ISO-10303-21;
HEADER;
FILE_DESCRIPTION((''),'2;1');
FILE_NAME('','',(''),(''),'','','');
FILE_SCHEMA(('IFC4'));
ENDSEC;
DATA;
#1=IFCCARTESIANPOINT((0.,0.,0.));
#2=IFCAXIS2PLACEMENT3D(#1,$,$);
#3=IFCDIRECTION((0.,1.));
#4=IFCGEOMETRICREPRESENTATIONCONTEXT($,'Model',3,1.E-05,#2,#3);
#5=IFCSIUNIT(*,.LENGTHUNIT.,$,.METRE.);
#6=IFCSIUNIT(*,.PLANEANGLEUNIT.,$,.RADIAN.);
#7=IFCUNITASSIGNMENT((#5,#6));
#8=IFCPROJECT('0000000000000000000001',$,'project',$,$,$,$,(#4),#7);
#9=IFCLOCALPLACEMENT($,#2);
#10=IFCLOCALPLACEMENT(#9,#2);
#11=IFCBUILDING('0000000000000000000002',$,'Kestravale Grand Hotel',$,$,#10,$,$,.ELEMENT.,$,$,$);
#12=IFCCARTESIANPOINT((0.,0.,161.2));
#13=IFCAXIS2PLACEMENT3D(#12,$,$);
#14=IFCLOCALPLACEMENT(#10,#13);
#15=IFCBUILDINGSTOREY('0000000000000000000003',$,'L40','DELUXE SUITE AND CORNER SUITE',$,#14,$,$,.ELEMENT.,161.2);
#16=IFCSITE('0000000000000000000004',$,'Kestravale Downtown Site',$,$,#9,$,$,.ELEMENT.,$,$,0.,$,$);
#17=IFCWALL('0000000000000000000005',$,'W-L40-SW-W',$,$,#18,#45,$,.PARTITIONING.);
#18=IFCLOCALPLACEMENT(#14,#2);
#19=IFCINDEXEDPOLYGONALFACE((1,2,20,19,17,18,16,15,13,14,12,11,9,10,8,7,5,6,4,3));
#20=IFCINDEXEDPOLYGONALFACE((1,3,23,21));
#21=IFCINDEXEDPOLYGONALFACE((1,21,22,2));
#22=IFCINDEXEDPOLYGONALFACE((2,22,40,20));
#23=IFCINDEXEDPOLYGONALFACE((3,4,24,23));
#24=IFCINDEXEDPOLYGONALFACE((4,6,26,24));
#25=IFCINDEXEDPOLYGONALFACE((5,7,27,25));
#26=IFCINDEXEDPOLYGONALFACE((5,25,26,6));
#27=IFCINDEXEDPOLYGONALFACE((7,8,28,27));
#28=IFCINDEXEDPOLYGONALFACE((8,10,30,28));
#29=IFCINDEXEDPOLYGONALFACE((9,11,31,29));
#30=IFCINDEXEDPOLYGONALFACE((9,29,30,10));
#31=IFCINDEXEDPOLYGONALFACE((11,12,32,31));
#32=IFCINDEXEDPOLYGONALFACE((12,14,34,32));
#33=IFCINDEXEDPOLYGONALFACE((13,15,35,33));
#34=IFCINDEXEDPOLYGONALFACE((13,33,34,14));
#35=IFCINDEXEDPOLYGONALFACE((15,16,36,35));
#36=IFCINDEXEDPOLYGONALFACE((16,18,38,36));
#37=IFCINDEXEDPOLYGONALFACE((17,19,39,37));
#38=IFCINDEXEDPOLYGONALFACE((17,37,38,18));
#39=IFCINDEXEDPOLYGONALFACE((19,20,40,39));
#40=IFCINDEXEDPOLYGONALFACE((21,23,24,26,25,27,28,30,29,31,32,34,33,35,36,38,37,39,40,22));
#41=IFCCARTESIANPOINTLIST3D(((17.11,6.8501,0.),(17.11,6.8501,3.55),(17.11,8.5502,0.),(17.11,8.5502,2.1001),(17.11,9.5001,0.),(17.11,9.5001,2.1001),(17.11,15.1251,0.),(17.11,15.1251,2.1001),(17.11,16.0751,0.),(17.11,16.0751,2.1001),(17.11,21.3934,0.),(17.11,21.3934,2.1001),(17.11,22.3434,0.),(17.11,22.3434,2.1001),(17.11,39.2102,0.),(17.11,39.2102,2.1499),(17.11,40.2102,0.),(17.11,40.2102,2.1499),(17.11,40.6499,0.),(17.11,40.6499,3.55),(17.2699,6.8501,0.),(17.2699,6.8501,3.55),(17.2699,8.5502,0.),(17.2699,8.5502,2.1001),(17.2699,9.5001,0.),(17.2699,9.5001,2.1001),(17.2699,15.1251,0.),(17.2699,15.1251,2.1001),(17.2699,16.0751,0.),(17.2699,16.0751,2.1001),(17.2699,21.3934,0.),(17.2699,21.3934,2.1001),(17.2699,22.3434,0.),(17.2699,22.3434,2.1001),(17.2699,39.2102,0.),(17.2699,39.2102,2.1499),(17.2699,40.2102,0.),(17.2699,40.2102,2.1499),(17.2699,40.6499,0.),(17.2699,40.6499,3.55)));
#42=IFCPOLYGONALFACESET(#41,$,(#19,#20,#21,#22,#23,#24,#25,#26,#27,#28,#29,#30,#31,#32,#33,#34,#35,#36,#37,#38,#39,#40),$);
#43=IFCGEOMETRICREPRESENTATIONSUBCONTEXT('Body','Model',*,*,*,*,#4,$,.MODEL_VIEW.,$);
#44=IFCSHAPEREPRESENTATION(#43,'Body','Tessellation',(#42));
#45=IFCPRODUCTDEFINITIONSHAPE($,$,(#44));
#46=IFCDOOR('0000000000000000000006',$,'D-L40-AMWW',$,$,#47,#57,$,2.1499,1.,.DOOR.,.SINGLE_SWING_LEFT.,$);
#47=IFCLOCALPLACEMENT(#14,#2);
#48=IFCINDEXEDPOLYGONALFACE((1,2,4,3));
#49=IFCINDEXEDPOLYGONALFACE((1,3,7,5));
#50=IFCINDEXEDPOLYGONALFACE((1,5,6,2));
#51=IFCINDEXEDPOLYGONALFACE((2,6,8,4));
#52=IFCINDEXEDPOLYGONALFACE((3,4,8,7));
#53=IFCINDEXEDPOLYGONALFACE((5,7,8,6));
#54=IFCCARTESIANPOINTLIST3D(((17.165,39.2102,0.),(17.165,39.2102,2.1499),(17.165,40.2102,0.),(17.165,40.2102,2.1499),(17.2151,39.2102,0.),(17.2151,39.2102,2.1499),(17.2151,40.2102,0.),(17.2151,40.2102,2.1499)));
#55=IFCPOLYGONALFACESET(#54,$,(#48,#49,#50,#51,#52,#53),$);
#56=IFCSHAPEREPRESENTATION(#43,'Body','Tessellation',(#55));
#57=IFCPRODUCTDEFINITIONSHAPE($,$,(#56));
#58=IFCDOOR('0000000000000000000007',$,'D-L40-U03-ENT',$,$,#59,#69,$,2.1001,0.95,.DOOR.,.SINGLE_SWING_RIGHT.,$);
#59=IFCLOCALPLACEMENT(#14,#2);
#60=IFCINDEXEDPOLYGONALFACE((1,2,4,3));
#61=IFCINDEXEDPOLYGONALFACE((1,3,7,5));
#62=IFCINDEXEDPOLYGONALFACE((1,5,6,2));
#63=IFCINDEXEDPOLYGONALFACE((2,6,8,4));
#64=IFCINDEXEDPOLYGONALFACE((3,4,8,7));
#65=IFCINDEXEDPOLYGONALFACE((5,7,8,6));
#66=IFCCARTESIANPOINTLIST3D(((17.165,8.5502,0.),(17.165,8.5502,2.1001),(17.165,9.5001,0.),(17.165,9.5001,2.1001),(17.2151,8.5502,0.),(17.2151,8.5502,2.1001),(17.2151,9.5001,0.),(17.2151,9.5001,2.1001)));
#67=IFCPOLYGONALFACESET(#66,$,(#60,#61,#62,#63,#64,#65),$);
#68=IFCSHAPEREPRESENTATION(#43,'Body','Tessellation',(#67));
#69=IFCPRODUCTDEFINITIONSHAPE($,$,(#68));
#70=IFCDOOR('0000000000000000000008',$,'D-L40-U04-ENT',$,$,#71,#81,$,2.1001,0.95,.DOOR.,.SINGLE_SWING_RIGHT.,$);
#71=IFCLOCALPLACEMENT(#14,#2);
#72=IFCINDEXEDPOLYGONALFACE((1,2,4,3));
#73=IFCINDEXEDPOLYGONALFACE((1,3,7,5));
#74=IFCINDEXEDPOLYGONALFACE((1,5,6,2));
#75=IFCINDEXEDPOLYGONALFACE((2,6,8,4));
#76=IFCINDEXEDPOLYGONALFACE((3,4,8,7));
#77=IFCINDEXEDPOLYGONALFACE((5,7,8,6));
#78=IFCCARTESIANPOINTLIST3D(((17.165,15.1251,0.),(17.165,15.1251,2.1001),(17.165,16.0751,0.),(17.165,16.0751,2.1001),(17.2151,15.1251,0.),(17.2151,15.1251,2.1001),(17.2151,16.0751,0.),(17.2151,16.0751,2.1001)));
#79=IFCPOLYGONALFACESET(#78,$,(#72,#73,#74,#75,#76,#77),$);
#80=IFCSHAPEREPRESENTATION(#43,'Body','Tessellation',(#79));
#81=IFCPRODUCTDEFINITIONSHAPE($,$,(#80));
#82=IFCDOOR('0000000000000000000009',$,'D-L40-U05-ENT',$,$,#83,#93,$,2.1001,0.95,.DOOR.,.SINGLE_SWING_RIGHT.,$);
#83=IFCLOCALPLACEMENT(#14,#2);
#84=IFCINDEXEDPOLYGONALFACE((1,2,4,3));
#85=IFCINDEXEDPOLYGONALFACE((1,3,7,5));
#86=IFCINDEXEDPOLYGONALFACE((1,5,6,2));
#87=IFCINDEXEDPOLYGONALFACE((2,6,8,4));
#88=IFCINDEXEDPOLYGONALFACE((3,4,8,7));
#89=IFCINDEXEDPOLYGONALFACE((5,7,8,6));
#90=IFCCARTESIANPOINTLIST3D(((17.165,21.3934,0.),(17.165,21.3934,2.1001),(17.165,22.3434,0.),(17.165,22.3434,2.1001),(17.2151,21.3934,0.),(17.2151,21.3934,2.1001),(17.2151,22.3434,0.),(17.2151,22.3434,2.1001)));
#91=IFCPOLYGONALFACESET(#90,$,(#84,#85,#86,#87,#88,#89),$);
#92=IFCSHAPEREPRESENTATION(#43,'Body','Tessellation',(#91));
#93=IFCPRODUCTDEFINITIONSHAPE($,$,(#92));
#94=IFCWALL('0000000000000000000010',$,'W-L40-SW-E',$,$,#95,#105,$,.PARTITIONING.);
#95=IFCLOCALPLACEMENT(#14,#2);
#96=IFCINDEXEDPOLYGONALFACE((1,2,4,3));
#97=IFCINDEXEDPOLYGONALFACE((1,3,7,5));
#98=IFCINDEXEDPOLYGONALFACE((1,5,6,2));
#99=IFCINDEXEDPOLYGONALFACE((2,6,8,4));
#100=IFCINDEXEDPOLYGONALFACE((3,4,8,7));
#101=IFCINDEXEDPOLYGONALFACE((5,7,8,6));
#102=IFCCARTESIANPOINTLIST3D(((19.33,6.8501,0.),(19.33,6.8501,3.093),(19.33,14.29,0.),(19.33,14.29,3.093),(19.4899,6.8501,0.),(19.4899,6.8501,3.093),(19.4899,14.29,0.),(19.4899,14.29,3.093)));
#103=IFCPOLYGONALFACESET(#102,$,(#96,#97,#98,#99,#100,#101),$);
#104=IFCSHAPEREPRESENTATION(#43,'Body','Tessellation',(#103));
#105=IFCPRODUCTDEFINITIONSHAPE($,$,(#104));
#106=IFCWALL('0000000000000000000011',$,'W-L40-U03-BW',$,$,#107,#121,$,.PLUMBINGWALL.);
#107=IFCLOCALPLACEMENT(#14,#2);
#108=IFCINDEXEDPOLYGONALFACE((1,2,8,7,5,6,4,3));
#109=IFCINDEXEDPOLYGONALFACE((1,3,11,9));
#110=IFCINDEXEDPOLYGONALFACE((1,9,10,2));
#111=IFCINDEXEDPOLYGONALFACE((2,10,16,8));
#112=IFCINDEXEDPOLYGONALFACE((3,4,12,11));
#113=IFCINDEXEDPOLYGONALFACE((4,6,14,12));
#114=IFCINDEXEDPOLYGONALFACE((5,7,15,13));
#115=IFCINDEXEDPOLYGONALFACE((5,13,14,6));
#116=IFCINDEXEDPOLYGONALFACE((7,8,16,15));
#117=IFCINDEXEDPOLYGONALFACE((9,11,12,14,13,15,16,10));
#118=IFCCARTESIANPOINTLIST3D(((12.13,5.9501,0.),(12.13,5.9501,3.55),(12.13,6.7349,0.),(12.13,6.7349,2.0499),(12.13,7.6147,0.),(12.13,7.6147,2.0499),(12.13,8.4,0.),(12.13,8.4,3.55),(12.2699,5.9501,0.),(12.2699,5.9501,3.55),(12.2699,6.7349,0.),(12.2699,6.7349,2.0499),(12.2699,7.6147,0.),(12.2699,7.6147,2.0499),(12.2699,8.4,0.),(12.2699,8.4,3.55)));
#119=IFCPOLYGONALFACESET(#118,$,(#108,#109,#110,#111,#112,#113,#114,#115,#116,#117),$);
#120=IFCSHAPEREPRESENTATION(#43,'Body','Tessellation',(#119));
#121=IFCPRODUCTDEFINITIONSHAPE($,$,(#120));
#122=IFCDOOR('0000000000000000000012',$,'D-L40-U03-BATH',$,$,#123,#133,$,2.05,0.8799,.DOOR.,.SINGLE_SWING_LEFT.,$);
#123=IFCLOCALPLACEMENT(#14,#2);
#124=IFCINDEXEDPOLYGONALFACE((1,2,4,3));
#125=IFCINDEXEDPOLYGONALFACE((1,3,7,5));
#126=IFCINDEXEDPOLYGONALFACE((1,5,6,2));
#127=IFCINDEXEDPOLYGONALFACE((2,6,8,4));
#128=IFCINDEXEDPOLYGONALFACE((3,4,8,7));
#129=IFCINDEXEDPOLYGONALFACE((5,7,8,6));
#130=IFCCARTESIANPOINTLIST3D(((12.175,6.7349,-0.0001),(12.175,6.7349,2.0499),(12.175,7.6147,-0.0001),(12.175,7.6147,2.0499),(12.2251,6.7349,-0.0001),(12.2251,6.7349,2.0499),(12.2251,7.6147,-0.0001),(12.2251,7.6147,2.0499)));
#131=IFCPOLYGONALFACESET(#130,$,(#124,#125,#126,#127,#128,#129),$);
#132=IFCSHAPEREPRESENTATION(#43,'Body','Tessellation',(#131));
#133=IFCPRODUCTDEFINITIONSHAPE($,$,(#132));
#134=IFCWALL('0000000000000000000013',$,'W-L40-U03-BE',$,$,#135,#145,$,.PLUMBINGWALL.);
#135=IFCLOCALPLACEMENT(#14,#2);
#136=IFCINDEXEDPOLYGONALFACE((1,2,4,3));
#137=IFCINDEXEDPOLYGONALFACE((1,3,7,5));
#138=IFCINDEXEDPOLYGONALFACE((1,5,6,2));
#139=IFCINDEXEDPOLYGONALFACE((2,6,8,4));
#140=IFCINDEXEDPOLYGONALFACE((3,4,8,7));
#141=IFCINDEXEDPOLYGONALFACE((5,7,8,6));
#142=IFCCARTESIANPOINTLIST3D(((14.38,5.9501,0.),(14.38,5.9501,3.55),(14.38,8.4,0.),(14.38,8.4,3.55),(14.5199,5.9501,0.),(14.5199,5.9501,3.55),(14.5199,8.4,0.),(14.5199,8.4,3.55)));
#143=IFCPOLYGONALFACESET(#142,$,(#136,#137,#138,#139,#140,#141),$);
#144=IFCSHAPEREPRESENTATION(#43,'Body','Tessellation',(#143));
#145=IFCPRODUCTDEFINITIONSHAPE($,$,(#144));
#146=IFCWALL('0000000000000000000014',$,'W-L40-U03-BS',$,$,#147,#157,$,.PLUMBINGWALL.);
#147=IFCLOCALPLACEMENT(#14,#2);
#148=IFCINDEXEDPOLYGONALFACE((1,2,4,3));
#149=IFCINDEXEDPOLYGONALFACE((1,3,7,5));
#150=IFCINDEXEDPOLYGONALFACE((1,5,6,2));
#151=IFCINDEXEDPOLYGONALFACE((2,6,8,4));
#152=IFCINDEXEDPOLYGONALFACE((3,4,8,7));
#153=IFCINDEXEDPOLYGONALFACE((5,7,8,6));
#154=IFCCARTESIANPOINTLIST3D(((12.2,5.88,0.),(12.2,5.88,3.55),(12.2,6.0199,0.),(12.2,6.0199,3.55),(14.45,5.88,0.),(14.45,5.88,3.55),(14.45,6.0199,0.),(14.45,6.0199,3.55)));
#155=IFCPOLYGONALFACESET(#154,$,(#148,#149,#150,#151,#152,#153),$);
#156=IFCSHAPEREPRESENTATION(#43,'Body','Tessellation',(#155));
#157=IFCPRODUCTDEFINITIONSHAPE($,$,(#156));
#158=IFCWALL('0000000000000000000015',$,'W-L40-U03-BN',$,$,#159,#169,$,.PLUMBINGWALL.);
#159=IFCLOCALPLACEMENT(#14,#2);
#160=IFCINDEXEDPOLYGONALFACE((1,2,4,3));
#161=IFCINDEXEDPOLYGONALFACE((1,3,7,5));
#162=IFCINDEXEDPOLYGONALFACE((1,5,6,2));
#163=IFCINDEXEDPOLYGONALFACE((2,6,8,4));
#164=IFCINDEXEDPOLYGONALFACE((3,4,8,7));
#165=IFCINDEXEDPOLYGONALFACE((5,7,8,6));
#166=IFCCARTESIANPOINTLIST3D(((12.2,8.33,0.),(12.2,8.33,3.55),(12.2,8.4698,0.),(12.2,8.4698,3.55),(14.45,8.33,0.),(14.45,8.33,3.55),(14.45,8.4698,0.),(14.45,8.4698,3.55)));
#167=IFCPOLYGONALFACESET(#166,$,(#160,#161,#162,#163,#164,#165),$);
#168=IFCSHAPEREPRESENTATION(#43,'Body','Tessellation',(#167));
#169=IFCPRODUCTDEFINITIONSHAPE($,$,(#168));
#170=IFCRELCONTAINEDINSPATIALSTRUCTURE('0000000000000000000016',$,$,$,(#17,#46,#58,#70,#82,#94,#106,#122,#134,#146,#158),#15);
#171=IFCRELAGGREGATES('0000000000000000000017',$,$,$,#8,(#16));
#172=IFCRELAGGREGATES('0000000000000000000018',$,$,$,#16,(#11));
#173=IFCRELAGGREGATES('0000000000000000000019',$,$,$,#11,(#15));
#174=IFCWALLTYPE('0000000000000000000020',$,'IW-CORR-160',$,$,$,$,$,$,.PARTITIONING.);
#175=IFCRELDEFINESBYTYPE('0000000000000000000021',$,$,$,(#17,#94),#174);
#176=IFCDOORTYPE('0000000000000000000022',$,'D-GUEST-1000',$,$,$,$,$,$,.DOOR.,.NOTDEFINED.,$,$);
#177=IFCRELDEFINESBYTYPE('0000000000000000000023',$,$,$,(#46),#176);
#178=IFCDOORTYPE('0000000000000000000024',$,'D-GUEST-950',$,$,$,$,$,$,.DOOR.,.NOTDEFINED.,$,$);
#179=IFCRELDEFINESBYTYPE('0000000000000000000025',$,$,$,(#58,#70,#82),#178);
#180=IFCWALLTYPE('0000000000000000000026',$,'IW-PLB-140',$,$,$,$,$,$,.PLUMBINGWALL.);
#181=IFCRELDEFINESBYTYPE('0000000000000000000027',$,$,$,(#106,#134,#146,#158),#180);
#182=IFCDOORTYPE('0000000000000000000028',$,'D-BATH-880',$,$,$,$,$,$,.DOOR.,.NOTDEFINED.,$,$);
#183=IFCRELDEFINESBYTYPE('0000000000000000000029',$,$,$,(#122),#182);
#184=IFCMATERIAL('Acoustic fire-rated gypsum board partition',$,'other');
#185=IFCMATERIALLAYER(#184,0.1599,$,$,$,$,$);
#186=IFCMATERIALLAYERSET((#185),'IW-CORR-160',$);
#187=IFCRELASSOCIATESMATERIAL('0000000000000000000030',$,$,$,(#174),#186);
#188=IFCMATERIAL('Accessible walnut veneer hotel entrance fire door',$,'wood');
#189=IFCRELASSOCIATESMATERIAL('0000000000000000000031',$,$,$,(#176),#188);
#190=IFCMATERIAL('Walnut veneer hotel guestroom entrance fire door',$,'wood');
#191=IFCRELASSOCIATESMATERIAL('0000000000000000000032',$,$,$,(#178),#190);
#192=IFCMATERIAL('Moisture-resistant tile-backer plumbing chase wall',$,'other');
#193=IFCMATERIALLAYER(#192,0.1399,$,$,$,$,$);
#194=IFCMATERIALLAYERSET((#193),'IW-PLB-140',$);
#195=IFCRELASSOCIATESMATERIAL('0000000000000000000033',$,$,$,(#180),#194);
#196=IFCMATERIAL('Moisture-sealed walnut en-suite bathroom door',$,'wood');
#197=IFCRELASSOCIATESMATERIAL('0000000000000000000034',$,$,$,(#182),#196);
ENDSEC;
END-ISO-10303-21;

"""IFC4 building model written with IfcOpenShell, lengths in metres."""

from ifc_helpers import new_model, si_unit, direction, frame, frame_2d, origin, place, context, subcontext, project, spatial, rectangle, extrude, material, layer, layer_set, type_object, element, fill, save


model = new_model("IFC4")

# Units and contexts
model_context = context("Model", 3, precision=1e-05, world=origin(), true_north=direction((0.0, 1.0)))
body_context = subcontext(model_context, "Body", "Model", "MODEL_VIEW")
ifc_project = project(units=[si_unit("LENGTHUNIT", "METRE"), si_unit("PLANEANGLEUNIT", "RADIAN")], contexts=[model_context])

# Site, building, storey
site_placement = place(None, origin())
site = spatial("IfcSite", under=ifc_project, at=site_placement, Name="Kestravale Downtown Site", CompositionType="ELEMENT", RefElevation=0.0)
building_placement = place(site_placement, origin())
building = spatial("IfcBuilding", under=site, at=building_placement, Name="Kestravale Grand Hotel", CompositionType="ELEMENT")
storey_placement = place(building_placement, frame((0.0, 0.0, 161.2)))
storey = spatial("IfcBuildingStorey", under=building, at=storey_placement, Name="L40", Description="DELUXE SUITE AND CORNER SUITE", CompositionType="ELEMENT", Elevation=161.2)

# Wall, openings, doors
ifc_material_1 = material(Name="Acoustic fire-rated gypsum board partition", Category="other")
ifc_layer_1 = layer(ifc_material_1, 0.1599)
ifc_layer_set_1 = layer_set([ifc_layer_1], Name="IW-CORR-160")
wall_type_1 = type_object("IfcWallType", Name="IW-CORR-160", PredefinedType="PARTITIONING", material=ifc_layer_set_1)
wall_1_placement = place(storey_placement, frame((17.1899, 6.8501, 0.0), z_axis=(0.0, 0.0, 1.0), x_axis=(0.0, 1.0, 0.0)))
wall_1 = element("IfcWall", 1, at=wall_1_placement, inside=storey, type_object=wall_type_1, Name="W-L40-SW-W", PredefinedType="PARTITIONING", context=body_context, shape_type="SweptSolid", body=[
    extrude(rectangle(XDim=33.7998, YDim=0.1599, at=frame_2d((16.8999, 0.0))), origin(), (0.0, 0.0, 1.0), 3.55),
])
opening_1_placement = place(wall_1_placement, frame((1.7, 0.0, 0.0)))
opening_1 = element("IfcOpeningElement", 2, at=opening_1_placement, cuts=wall_1, PredefinedType="OPENING", context=body_context, shape_type="SweptSolid", body=[
    extrude(rectangle(XDim=0.95, YDim=2.1001, at=frame_2d((0.4751, 1.05))), frame((0.0, 0.0898, 0.0), z_axis=(0.0, -1.0, 0.0), x_axis=(1.0, 0.0, 0.0)), (0.0, 0.0, 1.0), 0.1799),
])
opening_2_placement = place(wall_1_placement, frame((8.2749, 0.0, 0.0)))
opening_2 = element("IfcOpeningElement", 3, at=opening_2_placement, cuts=wall_1, PredefinedType="OPENING", context=body_context, shape_type="SweptSolid", body=[
    extrude(rectangle(XDim=0.95, YDim=2.1001, at=frame_2d((0.4751, 1.05))), frame((0.0, 0.0898, 0.0), z_axis=(0.0, -1.0, 0.0), x_axis=(1.0, 0.0, 0.0)), (0.0, 0.0, 1.0), 0.1799),
])
opening_3_placement = place(wall_1_placement, frame((14.5432, 0.0, 0.0)))
opening_3 = element("IfcOpeningElement", 4, at=opening_3_placement, cuts=wall_1, PredefinedType="OPENING", context=body_context, shape_type="SweptSolid", body=[
    extrude(rectangle(XDim=0.95, YDim=2.1001, at=frame_2d((0.4751, 1.05))), frame((0.0, 0.0898, 0.0), z_axis=(0.0, -1.0, 0.0), x_axis=(1.0, 0.0, 0.0)), (0.0, 0.0, 1.0), 0.1799),
])
opening_4_placement = place(wall_1_placement, frame((32.3601, 0.0, 0.0)))
opening_4 = element("IfcOpeningElement", 5, at=opening_4_placement, cuts=wall_1, PredefinedType="OPENING", context=body_context, shape_type="SweptSolid", body=[
    extrude(rectangle(XDim=1.0, YDim=2.1499, at=frame_2d((0.5, 1.075))), frame((0.0, 0.0898, 0.0), z_axis=(0.0, -1.0, 0.0), x_axis=(1.0, 0.0, 0.0)), (0.0, 0.0, 1.0), 0.1799),
])
ifc_material_2 = material(Name="Accessible walnut veneer hotel entrance fire door", Category="wood")
door_type_1 = type_object("IfcDoorType", Name="D-GUEST-1000", OperationType="NOTDEFINED", PredefinedType="DOOR", material=ifc_material_2)
door_1_placement = place(opening_4_placement, origin())
door_1 = element("IfcDoor", 6, at=door_1_placement, inside=storey, type_object=door_type_1, Name="D-L40-AMWW", OperationType="SINGLE_SWING_LEFT", OverallHeight=2.1499, OverallWidth=1.0, PredefinedType="DOOR", context=body_context, shape_type="SweptSolid", body=[
    extrude(rectangle(XDim=1.0, YDim=2.1499, at=frame_2d((0.5, 1.075))), frame((0.0, 0.0249, 0.0), z_axis=(0.0, -1.0, 0.0), x_axis=(1.0, 0.0, 0.0)), (0.0, 0.0, 1.0), 0.05),
])
fill(opening_4, door_1)
ifc_material_3 = material(Name="Walnut veneer hotel guestroom entrance fire door", Category="wood")
door_type_2 = type_object("IfcDoorType", Name="D-GUEST-950", OperationType="NOTDEFINED", PredefinedType="DOOR", material=ifc_material_3)
door_2_placement = place(opening_1_placement, origin())
door_2 = element("IfcDoor", 7, at=door_2_placement, inside=storey, type_object=door_type_2, Name="D-L40-U03-ENT", OperationType="SINGLE_SWING_RIGHT", OverallHeight=2.1001, OverallWidth=0.95, PredefinedType="DOOR", context=body_context, shape_type="SweptSolid", body=[
    extrude(rectangle(XDim=0.95, YDim=2.1001, at=frame_2d((0.4751, 1.05))), frame((0.0, 0.0249, 0.0), z_axis=(0.0, -1.0, 0.0), x_axis=(1.0, 0.0, 0.0)), (0.0, 0.0, 1.0), 0.05),
])
fill(opening_1, door_2)
door_3_placement = place(opening_2_placement, origin())
door_3 = element("IfcDoor", 8, at=door_3_placement, inside=storey, type_object=door_type_2, Name="D-L40-U04-ENT", OperationType="SINGLE_SWING_RIGHT", OverallHeight=2.1001, OverallWidth=0.95, PredefinedType="DOOR", context=body_context, shape_type="SweptSolid", body=[
    extrude(rectangle(XDim=0.95, YDim=2.1001, at=frame_2d((0.4751, 1.05))), frame((0.0, 0.0249, 0.0), z_axis=(0.0, -1.0, 0.0), x_axis=(1.0, 0.0, 0.0)), (0.0, 0.0, 1.0), 0.05),
])
fill(opening_2, door_3)
door_4_placement = place(opening_3_placement, origin())
door_4 = element("IfcDoor", 9, at=door_4_placement, inside=storey, type_object=door_type_2, Name="D-L40-U05-ENT", OperationType="SINGLE_SWING_RIGHT", OverallHeight=2.1001, OverallWidth=0.95, PredefinedType="DOOR", context=body_context, shape_type="SweptSolid", body=[
    extrude(rectangle(XDim=0.95, YDim=2.1001, at=frame_2d((0.4751, 1.05))), frame((0.0, 0.0249, 0.0), z_axis=(0.0, -1.0, 0.0), x_axis=(1.0, 0.0, 0.0)), (0.0, 0.0, 1.0), 0.05),
])
fill(opening_3, door_4)

# Wall
wall_2_placement = place(storey_placement, frame((19.4099, 6.8501, 0.0), z_axis=(0.0, 0.0, 1.0), x_axis=(0.0, 1.0, 0.0)))
element("IfcWall", 10, at=wall_2_placement, inside=storey, type_object=wall_type_1, Name="W-L40-SW-E", PredefinedType="PARTITIONING", context=body_context, shape_type="SweptSolid", body=[
    extrude(rectangle(XDim=7.4399, YDim=0.1599, at=frame_2d((3.72, 0.0))), origin(), (0.0, 0.0, 1.0), 3.093),
])

# Wall, opening, door
ifc_material_4 = material(Name="Moisture-resistant tile-backer plumbing chase wall", Category="other")
ifc_layer_2 = layer(ifc_material_4, 0.1399)
ifc_layer_set_2 = layer_set([ifc_layer_2], Name="IW-PLB-140")
wall_type_2 = type_object("IfcWallType", Name="IW-PLB-140", PredefinedType="PLUMBINGWALL", material=ifc_layer_set_2)
wall_3_placement = place(storey_placement, frame((12.2, 5.95, 0.0), z_axis=(0.0, 0.0, 1.0), x_axis=(0.0, 1.0, 0.0)))
wall_3 = element("IfcWall", 11, at=wall_3_placement, inside=storey, type_object=wall_type_2, Name="W-L40-U03-BW", PredefinedType="PLUMBINGWALL", context=body_context, shape_type="SweptSolid", body=[
    extrude(rectangle(XDim=2.45, YDim=0.1399, at=frame_2d((1.2251, 0.0))), origin(), (0.0, 0.0, 1.0), 3.55),
])
opening_5_placement = place(wall_3_placement, frame((0.7849, 0.0, 0.0)))
opening_5 = element("IfcOpeningElement", 12, at=opening_5_placement, cuts=wall_3, PredefinedType="OPENING", context=body_context, shape_type="SweptSolid", body=[
    extrude(rectangle(XDim=0.8799, YDim=2.05, at=frame_2d((0.4399, 1.0249))), frame((0.0, 0.0798, 0.0), z_axis=(0.0, -1.0, 0.0), x_axis=(1.0, 0.0, 0.0)), (0.0, 0.0, 1.0), 0.1599),
])
ifc_material_5 = material(Name="Moisture-sealed walnut en-suite bathroom door", Category="wood")
door_type_3 = type_object("IfcDoorType", Name="D-BATH-880", OperationType="NOTDEFINED", PredefinedType="DOOR", material=ifc_material_5)
door_5_placement = place(opening_5_placement, origin())
door_5 = element("IfcDoor", 13, at=door_5_placement, inside=storey, type_object=door_type_3, Name="D-L40-U03-BATH", OperationType="SINGLE_SWING_LEFT", OverallHeight=2.05, OverallWidth=0.8799, PredefinedType="DOOR", context=body_context, shape_type="SweptSolid", body=[
    extrude(rectangle(XDim=0.8799, YDim=2.05, at=frame_2d((0.4399, 1.0249))), frame((0.0, 0.0249, 0.0), z_axis=(0.0, -1.0, 0.0), x_axis=(1.0, 0.0, 0.0)), (0.0, 0.0, 1.0), 0.05),
])
fill(opening_5, door_5)

# Walls
wall_4_placement = place(storey_placement, frame((14.45, 5.95, 0.0), z_axis=(0.0, 0.0, 1.0), x_axis=(0.0, 1.0, 0.0)))
element("IfcWall", 14, at=wall_4_placement, inside=storey, type_object=wall_type_2, Name="W-L40-U03-BE", PredefinedType="PLUMBINGWALL", context=body_context, shape_type="SweptSolid", body=[
    extrude(rectangle(XDim=2.45, YDim=0.1399, at=frame_2d((1.2251, 0.0))), origin(), (0.0, 0.0, 1.0), 3.55),
])
for number, where, z_axis, x_axis, name in (
    (15, (12.2, 5.95, 0.0), (0.0, 0.0, 1.0), (1.0, 0.0, 0.0), "W-L40-U03-BS"),
    (16, (12.2, 8.3999, 0.0), (0.0, 0.0, 1.0), (1.0, 0.0, 0.0), "W-L40-U03-BN"),
):
    element("IfcWall", number, at=place(storey_placement, frame(where, z_axis=z_axis, x_axis=x_axis)), inside=storey, type_object=wall_type_2, Name=name, PredefinedType="PLUMBINGWALL", context=body_context, shape_type="SweptSolid", body=[
        extrude(rectangle(XDim=2.25, YDim=0.1399, at=frame_2d((1.125, 0.0))), origin(), (0.0, 0.0, 1.0), 3.55),
    ])

save(model, "model.ifc")
